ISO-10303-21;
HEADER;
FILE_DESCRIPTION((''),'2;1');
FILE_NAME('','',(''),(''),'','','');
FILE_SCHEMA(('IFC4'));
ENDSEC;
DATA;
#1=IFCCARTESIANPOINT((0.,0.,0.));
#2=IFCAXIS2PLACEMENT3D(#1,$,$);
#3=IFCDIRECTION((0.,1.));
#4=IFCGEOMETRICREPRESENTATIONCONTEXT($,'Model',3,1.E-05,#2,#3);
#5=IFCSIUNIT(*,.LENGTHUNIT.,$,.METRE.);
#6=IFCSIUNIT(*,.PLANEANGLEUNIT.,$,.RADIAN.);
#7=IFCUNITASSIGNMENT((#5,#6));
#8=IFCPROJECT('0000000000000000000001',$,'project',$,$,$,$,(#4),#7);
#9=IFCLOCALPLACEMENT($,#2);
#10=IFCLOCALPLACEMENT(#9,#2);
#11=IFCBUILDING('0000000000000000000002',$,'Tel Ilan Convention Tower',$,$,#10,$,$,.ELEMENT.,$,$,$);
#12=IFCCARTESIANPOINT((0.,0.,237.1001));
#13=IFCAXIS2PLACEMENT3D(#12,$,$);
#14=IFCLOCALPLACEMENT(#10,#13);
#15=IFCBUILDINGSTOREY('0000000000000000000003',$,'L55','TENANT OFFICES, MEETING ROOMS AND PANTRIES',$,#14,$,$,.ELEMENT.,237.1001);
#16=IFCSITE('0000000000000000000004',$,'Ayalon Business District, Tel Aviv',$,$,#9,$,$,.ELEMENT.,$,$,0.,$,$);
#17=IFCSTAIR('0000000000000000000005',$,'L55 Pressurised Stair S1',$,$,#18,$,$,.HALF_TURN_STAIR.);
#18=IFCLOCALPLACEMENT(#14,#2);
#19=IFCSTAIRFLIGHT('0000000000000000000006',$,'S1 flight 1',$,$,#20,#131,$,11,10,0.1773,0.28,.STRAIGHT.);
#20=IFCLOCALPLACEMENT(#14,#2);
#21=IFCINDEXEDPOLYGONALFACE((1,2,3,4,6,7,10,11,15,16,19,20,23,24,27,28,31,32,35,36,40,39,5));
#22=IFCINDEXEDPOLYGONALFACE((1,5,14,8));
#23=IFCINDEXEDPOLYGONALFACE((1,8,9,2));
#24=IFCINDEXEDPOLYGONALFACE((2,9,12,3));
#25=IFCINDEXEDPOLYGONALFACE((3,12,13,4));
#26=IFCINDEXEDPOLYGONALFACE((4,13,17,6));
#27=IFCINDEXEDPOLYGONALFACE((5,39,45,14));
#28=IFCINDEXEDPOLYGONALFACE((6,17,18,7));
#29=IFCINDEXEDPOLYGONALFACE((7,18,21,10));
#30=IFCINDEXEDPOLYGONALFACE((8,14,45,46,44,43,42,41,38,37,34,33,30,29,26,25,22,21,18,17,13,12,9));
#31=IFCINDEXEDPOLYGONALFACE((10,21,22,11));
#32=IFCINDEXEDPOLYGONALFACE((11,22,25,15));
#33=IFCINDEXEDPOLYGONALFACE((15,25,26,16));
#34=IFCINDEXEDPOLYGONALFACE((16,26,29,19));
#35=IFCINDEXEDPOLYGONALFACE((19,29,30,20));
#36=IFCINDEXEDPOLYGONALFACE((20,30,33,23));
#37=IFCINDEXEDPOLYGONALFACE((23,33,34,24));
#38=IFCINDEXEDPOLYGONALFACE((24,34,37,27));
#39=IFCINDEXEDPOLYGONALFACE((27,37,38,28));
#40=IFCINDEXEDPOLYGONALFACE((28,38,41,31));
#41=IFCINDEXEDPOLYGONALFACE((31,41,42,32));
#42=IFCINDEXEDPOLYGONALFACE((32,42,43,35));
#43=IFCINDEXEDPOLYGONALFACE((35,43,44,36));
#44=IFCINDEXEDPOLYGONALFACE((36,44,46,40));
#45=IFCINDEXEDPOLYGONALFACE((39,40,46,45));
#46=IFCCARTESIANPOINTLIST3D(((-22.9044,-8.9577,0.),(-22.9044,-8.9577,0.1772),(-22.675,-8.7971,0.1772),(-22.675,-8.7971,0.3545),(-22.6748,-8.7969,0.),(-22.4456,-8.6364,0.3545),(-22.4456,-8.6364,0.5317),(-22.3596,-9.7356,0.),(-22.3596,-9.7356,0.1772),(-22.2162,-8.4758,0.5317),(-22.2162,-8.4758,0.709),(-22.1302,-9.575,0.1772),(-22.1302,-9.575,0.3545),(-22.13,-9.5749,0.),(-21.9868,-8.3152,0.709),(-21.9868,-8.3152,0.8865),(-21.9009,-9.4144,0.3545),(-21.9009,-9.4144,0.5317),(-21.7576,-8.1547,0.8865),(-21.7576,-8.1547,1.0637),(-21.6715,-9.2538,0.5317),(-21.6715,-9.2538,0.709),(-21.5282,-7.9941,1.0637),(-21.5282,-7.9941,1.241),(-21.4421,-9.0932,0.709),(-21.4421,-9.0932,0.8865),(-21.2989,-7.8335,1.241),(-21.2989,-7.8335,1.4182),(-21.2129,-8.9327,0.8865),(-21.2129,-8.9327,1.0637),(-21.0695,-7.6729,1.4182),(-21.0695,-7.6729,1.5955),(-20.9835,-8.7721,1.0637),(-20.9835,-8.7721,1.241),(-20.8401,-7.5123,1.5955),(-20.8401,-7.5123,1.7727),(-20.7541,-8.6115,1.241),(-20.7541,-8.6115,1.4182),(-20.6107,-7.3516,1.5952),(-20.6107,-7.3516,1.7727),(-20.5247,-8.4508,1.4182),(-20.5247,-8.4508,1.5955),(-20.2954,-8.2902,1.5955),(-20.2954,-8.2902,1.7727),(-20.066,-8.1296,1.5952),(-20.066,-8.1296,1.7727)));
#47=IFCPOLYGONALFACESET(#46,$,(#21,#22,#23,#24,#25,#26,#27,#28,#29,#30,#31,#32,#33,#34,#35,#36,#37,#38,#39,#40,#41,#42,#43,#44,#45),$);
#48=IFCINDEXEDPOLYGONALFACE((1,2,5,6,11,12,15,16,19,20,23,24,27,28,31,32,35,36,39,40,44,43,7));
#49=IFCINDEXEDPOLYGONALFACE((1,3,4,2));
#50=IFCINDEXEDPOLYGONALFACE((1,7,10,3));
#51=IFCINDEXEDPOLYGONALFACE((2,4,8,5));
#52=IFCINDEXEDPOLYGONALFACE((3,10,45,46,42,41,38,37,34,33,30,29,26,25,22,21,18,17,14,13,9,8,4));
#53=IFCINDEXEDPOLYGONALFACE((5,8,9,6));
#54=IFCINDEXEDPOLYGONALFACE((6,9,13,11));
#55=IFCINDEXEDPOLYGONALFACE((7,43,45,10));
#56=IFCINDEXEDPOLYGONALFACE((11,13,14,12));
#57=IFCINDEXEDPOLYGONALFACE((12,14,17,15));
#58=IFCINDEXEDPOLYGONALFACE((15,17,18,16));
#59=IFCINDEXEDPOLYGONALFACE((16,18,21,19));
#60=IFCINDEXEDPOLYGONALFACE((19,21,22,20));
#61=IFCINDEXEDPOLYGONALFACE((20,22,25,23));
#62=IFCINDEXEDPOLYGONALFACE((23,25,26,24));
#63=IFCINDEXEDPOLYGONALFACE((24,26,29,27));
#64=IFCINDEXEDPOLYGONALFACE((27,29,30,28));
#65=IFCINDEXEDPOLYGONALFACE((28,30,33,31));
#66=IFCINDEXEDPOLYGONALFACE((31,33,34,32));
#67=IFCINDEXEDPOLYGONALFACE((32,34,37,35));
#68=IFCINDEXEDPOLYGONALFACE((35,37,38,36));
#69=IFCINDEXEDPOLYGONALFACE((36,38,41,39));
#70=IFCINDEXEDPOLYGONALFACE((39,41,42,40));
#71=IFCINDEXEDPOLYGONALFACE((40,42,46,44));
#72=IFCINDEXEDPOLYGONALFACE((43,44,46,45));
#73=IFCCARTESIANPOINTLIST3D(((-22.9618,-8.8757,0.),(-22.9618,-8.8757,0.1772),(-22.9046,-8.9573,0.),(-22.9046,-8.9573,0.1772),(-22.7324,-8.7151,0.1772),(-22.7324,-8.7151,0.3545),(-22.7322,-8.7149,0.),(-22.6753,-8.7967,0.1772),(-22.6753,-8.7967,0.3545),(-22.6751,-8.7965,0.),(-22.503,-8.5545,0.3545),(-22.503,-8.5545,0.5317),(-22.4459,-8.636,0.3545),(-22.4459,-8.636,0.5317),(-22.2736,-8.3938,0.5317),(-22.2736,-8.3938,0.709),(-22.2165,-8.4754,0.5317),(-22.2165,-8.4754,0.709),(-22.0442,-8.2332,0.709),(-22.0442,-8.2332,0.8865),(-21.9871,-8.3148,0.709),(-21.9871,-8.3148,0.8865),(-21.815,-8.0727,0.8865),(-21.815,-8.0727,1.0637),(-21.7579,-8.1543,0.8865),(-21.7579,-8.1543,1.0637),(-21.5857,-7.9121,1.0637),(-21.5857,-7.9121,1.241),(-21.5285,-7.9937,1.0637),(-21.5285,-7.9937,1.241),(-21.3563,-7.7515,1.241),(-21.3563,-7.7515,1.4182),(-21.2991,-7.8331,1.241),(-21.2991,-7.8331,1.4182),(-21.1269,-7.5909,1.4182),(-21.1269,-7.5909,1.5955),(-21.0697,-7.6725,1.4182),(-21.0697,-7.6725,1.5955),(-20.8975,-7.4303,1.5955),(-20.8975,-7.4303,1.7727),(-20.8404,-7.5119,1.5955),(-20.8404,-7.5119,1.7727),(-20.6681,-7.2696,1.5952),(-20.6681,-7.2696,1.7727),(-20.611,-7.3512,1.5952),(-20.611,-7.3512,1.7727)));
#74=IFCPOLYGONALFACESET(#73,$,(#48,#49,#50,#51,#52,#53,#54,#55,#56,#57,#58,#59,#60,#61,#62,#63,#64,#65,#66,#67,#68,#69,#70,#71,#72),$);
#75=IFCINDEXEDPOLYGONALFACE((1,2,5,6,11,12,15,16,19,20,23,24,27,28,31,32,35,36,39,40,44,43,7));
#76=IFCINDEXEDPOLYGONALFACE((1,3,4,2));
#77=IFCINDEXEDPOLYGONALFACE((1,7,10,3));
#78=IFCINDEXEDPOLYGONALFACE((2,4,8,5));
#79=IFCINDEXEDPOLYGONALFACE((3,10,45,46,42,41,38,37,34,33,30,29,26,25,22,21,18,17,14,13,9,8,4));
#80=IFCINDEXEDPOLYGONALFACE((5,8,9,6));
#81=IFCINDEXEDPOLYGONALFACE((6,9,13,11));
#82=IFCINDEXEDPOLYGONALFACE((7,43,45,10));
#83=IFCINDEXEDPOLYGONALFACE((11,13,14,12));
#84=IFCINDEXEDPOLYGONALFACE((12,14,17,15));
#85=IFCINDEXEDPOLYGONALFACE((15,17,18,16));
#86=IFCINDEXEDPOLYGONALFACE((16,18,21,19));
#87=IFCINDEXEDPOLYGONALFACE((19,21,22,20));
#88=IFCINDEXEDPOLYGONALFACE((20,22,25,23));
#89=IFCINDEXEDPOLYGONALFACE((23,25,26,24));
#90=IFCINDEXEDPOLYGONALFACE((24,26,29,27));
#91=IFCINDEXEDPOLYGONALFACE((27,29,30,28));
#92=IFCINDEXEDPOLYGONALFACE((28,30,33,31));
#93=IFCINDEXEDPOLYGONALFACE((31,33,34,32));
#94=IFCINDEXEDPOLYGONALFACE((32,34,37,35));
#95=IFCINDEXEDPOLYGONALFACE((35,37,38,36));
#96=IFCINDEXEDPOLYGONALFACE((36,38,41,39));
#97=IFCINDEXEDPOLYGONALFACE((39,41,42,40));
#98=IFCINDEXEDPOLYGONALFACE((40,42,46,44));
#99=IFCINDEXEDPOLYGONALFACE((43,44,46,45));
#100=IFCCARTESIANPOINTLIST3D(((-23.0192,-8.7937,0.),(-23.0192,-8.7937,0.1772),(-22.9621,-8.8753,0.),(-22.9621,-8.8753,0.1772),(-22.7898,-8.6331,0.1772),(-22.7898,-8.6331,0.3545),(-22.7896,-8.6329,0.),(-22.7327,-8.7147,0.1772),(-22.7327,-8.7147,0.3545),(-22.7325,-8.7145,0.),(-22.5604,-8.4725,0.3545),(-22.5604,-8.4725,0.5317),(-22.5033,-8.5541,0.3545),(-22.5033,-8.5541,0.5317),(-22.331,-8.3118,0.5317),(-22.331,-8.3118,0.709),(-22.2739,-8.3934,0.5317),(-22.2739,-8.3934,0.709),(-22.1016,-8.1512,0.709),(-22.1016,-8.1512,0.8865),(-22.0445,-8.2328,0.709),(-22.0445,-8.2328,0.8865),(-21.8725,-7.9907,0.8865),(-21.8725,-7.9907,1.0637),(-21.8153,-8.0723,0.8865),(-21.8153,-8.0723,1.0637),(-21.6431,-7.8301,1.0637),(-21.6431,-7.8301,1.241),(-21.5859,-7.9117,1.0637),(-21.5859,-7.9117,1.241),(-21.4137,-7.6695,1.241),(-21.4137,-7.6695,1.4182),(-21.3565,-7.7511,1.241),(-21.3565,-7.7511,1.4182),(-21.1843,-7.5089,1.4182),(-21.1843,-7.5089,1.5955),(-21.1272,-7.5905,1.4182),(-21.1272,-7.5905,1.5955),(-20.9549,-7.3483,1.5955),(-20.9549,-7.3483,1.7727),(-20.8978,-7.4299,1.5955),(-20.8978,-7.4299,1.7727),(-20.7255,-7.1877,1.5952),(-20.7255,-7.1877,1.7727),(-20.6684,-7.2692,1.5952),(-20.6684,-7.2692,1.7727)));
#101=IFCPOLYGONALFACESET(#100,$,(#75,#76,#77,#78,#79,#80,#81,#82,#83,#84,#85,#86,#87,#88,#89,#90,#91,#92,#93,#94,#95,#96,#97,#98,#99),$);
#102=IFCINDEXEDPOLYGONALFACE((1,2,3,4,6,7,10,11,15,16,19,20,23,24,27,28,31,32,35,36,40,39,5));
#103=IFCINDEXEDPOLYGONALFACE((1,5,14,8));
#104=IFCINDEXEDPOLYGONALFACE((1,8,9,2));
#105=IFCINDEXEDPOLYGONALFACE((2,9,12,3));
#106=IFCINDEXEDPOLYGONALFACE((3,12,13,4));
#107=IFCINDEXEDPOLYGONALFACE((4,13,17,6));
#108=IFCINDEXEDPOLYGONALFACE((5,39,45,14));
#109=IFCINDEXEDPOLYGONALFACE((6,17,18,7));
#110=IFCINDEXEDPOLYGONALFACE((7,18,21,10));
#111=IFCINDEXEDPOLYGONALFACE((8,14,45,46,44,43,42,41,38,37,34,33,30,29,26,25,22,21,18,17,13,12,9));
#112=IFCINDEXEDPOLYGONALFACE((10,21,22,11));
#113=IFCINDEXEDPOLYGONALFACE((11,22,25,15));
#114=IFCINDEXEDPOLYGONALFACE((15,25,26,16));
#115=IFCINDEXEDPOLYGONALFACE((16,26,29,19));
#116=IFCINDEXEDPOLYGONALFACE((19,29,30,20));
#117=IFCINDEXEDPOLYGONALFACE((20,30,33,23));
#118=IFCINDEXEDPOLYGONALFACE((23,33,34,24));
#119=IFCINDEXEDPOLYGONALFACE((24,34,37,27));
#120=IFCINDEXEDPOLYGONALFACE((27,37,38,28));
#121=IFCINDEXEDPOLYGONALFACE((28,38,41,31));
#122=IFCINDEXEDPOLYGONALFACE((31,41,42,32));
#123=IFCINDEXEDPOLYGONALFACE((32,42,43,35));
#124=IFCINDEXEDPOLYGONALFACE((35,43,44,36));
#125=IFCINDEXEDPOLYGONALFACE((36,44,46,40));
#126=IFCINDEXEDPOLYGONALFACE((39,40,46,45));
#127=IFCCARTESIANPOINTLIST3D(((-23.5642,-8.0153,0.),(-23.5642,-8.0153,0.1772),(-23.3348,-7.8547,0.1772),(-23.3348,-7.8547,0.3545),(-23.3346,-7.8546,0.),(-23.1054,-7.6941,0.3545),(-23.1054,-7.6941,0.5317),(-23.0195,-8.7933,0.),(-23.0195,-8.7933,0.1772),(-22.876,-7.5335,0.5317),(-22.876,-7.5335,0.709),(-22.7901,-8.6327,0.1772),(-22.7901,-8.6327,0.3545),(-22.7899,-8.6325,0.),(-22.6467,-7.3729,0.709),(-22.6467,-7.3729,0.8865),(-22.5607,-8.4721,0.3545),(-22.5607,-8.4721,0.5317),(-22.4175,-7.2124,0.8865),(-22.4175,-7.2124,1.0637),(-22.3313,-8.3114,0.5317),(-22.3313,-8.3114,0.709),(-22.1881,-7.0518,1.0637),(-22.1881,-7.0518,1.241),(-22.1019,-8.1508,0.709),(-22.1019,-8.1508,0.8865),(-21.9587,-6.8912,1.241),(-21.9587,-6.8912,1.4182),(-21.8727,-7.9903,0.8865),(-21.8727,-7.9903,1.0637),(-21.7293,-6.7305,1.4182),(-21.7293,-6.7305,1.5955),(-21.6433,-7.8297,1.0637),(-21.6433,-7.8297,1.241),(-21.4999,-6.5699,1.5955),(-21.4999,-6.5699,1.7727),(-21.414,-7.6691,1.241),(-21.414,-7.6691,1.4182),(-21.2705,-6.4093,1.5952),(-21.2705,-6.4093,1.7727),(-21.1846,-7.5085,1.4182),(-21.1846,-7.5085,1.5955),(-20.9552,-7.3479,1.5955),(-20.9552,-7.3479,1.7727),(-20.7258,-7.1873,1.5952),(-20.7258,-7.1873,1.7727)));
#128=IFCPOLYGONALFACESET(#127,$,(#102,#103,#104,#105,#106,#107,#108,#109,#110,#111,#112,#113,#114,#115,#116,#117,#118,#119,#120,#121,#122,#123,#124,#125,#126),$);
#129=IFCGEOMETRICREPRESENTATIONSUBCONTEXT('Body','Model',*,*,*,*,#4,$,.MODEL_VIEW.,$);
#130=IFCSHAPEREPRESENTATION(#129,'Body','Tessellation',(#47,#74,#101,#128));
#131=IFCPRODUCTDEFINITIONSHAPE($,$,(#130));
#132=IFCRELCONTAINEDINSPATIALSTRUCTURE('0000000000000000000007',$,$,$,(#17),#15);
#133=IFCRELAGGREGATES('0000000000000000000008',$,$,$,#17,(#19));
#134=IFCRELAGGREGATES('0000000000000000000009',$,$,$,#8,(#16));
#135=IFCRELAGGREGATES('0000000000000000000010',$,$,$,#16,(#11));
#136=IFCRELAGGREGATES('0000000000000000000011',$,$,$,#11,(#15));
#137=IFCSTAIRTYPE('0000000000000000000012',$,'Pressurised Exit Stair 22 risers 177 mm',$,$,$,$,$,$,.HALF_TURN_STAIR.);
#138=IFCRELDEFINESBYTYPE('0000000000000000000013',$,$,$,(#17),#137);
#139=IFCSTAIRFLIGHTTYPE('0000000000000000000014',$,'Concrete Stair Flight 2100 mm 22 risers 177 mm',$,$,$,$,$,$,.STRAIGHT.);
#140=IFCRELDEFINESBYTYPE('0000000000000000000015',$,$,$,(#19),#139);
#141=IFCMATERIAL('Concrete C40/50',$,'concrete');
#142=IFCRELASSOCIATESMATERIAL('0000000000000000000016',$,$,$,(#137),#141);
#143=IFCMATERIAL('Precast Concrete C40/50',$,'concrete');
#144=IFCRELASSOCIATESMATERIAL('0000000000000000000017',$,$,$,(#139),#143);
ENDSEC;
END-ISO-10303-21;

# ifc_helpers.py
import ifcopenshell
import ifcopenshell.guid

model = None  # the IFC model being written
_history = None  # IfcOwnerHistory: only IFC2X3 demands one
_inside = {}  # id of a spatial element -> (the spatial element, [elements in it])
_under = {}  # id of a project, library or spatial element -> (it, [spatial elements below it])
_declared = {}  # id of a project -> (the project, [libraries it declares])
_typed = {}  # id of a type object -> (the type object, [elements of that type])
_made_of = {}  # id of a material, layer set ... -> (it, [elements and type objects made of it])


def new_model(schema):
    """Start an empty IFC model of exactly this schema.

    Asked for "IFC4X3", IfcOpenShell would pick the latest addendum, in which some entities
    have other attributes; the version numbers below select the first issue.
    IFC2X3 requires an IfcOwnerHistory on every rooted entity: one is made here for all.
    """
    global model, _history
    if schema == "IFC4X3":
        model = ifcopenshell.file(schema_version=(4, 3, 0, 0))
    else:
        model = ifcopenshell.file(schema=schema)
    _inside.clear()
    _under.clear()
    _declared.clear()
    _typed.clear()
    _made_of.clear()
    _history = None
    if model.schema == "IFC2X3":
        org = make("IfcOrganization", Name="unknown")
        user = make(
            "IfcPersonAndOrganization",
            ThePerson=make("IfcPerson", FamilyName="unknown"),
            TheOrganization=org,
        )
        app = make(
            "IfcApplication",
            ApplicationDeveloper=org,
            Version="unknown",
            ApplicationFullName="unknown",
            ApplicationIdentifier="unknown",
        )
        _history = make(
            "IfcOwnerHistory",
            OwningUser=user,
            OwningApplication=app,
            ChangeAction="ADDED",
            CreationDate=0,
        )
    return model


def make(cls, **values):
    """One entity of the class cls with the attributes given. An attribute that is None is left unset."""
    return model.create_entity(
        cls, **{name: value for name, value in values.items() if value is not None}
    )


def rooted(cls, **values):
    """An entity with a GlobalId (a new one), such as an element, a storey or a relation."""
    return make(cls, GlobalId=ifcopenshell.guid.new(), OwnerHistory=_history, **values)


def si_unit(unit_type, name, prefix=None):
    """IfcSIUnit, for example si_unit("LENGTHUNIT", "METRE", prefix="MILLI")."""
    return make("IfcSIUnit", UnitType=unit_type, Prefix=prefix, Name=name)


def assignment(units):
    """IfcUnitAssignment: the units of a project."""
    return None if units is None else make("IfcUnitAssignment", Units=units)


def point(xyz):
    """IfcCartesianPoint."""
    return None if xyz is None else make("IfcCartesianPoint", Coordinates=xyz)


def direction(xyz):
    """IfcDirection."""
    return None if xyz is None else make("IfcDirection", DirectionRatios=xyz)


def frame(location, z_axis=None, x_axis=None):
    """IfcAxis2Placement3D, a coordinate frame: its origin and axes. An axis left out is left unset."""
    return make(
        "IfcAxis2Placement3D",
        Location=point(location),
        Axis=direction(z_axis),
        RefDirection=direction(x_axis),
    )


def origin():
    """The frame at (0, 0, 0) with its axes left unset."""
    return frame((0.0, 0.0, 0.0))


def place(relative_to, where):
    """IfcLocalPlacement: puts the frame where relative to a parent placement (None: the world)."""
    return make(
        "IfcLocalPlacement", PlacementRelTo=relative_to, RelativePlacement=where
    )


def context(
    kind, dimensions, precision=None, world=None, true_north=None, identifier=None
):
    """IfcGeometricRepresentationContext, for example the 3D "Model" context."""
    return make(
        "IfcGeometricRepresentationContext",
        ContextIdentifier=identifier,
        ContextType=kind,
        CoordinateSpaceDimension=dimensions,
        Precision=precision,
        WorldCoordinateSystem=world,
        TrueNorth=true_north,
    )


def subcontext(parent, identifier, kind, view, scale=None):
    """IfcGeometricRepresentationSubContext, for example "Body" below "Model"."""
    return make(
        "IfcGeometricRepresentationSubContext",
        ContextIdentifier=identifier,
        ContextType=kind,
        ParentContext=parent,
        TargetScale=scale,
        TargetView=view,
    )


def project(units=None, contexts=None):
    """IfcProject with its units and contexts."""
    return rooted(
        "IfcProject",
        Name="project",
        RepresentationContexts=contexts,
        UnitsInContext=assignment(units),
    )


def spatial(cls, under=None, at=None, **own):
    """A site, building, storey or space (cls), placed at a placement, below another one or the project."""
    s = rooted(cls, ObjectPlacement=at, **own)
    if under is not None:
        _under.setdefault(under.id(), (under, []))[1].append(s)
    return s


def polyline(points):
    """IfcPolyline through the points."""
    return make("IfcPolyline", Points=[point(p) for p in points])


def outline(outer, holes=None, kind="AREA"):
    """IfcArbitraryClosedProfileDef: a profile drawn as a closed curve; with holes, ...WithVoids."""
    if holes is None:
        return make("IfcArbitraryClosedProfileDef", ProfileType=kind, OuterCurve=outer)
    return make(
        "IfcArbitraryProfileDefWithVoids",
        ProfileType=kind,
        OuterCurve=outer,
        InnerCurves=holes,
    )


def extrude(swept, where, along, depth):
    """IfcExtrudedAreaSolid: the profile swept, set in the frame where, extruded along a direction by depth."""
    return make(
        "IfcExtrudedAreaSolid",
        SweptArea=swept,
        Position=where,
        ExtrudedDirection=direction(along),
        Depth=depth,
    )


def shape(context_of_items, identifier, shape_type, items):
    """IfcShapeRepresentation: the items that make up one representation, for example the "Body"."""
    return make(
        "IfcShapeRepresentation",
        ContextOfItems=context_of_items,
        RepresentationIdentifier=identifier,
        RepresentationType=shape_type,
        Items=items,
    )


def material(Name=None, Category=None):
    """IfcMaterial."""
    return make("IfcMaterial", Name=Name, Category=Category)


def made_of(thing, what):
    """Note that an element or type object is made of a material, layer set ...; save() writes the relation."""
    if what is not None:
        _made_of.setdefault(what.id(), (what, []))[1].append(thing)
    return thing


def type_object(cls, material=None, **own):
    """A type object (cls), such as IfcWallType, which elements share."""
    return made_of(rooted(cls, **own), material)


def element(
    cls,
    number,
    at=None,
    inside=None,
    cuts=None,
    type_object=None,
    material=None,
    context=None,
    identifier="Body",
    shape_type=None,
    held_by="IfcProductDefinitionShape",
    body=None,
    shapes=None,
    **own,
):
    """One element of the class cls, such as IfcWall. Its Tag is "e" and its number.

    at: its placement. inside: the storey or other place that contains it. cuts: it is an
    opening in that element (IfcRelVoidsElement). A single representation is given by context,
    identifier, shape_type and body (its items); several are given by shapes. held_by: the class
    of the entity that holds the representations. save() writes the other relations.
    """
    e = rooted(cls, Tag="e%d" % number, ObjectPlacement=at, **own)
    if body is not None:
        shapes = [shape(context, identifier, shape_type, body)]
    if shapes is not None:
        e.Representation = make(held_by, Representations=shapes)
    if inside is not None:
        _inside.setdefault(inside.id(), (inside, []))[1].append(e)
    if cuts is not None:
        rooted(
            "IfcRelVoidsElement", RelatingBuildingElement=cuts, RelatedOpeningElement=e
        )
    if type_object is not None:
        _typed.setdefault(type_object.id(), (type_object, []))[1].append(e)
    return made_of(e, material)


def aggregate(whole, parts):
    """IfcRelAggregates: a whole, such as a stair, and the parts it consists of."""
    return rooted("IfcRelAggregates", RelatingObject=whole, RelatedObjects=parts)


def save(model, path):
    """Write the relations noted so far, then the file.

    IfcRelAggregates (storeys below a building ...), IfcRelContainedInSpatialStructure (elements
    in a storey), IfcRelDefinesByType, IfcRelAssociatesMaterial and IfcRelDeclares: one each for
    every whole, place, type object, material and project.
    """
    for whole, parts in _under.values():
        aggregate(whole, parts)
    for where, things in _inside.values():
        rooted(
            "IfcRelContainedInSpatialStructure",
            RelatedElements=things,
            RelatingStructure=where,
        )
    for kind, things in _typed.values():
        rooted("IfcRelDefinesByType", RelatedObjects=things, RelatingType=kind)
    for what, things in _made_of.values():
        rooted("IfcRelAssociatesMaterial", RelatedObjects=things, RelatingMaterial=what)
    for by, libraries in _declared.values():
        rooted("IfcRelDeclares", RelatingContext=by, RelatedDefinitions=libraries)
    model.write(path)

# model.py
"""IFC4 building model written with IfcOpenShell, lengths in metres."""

from ifc_helpers import new_model, si_unit, direction, frame, origin, place, context, subcontext, project, spatial, polyline, outline, extrude, material, type_object, element, aggregate, save


model = new_model("IFC4")

# Units and contexts
model_context = context("Model", 3, precision=1e-05, world=origin(), true_north=direction((0.0, 1.0)))
body_context = subcontext(model_context, "Body", "Model", "MODEL_VIEW")
ifc_project = project(units=[si_unit("LENGTHUNIT", "METRE"), si_unit("PLANEANGLEUNIT", "RADIAN")], contexts=[model_context])

# Site, building, storey
site_placement = place(None, origin())
site = spatial("IfcSite", under=ifc_project, at=site_placement, Name="Ayalon Business District, Tel Aviv", CompositionType="ELEMENT", RefElevation=0.0)
building_placement = place(site_placement, origin())
building = spatial("IfcBuilding", under=site, at=building_placement, Name="Tel Ilan Convention Tower", CompositionType="ELEMENT")
storey_placement = place(building_placement, frame((0.0, 0.0, 237.1001)))
storey = spatial("IfcBuildingStorey", under=building, at=storey_placement, Name="L55", Description="TENANT OFFICES, MEETING ROOMS AND PANTRIES", CompositionType="ELEMENT", Elevation=237.1001)

# Stair, stair flight
ifc_material_1 = material(Name="Concrete C40/50", Category="concrete")
stair_type = type_object("IfcStairType", Name="Pressurised Exit Stair 22 risers 177 mm", PredefinedType="HALF_TURN_STAIR", material=ifc_material_1)
stair_1_placement = place(storey_placement, origin())
stair_1 = element("IfcStair", 1, at=stair_1_placement, inside=storey, type_object=stair_type, Name="L55 Pressurised Stair S1", PredefinedType="HALF_TURN_STAIR")
ifc_material_2 = material(Name="Precast Concrete C40/50", Category="concrete")
stair_flight_type = type_object("IfcStairFlightType", Name="Concrete Stair Flight 2100 mm 22 risers 177 mm", PredefinedType="STRAIGHT", material=ifc_material_2)
stair_flight_1_placement = place(storey_placement, frame((-22.9619, -8.8755, 0.0), z_axis=(0.0, 0.0, 1.0), x_axis=(0.819152, 0.573576, 0.0)))
stair_flight_1 = element("IfcStairFlight", 2, at=stair_flight_1_placement, type_object=stair_flight_type, Name="S1 flight 1", NumberOfRisers=11, NumberOfTreads=10, PredefinedType="STRAIGHT", RiserHeight=0.1773, TreadLength=0.28, context=body_context, shape_type="SweptSolid", body=[
    extrude(outline(polyline([(0.0, 0.0), (0.0, 0.1772), (0.28, 0.1772), (0.28, 0.3545), (0.5601, 0.3545), (0.5601, 0.5317), (0.8401, 0.5317), (0.8401, 0.709), (1.1201, 0.709), (1.1201, 0.8865), (1.3999, 0.8865), (1.3999, 1.0637), (1.6799, 1.0637), (1.6799, 1.241), (1.96, 1.241), (1.96, 1.4182), (2.24, 1.4182), (2.24, 1.5955), (2.52, 1.5955), (2.52, 1.7727), (2.8, 1.7727), (2.8, 1.95), (2.8, 1.5952), (0.2803, 0.0), (0.0, 0.0)])), frame((0.0, -0.1003, 0.0), z_axis=(0.0, -1.0, 0.0), x_axis=(1.0, 0.0, 0.0)), (0.0, 0.0, 1.0), 0.9497),
    extrude(outline(polyline([(0.0, 0.0), (0.0, 0.1772), (0.28, 0.1772), (0.28, 0.3545), (0.5601, 0.3545), (0.5601, 0.5317), (0.8401, 0.5317), (0.8401, 0.709), (1.1201, 0.709), (1.1201, 0.8865), (1.3999, 0.8865), (1.3999, 1.0637), (1.6799, 1.0637), (1.6799, 1.241), (1.96, 1.241), (1.96, 1.4182), (2.24, 1.4182), (2.24, 1.5955), (2.52, 1.5955), (2.52, 1.7727), (2.8, 1.7727), (2.8, 1.95), (2.8, 1.5952), (0.2803, 0.0), (0.0, 0.0)])), frame((0.0, -0.0002, 0.0), z_axis=(0.0, -1.0, 0.0), x_axis=(1.0, 0.0, 0.0)), (0.0, 0.0, 1.0), 0.0996),
    extrude(outline(polyline([(0.0, 0.0), (0.0, 0.1772), (0.28, 0.1772), (0.28, 0.3545), (0.5601, 0.3545), (0.5601, 0.5317), (0.8401, 0.5317), (0.8401, 0.709), (1.1201, 0.709), (1.1201, 0.8865), (1.3999, 0.8865), (1.3999, 1.0637), (1.6799, 1.0637), (1.6799, 1.241), (1.96, 1.241), (1.96, 1.4182), (2.24, 1.4182), (2.24, 1.5955), (2.52, 1.5955), (2.52, 1.7727), (2.8, 1.7727), (2.8, 1.95), (2.8, 1.5952), (0.2803, 0.0), (0.0, 0.0)])), frame((0.0, 0.0999, 0.0), z_axis=(0.0, -1.0, 0.0), x_axis=(1.0, 0.0, 0.0)), (0.0, 0.0, 1.0), 0.0996),
    extrude(outline(polyline([(0.0, 0.0), (0.0, 0.1772), (0.28, 0.1772), (0.28, 0.3545), (0.5601, 0.3545), (0.5601, 0.5317), (0.8401, 0.5317), (0.8401, 0.709), (1.1201, 0.709), (1.1201, 0.8865), (1.3999, 0.8865), (1.3999, 1.0637), (1.6799, 1.0637), (1.6799, 1.241), (1.96, 1.241), (1.96, 1.4182), (2.24, 1.4182), (2.24, 1.5955), (2.52, 1.5955), (2.52, 1.7727), (2.8, 1.7727), (2.8, 1.95), (2.8, 1.5952), (0.2803, 0.0), (0.0, 0.0)])), frame((0.0, 1.05, 0.0), z_axis=(0.0, -1.0, 0.0), x_axis=(1.0, 0.0, 0.0)), (0.0, 0.0, 1.0), 0.9497),
])
aggregate(stair_1, [stair_flight_1])

save(model, "model.ifc")
